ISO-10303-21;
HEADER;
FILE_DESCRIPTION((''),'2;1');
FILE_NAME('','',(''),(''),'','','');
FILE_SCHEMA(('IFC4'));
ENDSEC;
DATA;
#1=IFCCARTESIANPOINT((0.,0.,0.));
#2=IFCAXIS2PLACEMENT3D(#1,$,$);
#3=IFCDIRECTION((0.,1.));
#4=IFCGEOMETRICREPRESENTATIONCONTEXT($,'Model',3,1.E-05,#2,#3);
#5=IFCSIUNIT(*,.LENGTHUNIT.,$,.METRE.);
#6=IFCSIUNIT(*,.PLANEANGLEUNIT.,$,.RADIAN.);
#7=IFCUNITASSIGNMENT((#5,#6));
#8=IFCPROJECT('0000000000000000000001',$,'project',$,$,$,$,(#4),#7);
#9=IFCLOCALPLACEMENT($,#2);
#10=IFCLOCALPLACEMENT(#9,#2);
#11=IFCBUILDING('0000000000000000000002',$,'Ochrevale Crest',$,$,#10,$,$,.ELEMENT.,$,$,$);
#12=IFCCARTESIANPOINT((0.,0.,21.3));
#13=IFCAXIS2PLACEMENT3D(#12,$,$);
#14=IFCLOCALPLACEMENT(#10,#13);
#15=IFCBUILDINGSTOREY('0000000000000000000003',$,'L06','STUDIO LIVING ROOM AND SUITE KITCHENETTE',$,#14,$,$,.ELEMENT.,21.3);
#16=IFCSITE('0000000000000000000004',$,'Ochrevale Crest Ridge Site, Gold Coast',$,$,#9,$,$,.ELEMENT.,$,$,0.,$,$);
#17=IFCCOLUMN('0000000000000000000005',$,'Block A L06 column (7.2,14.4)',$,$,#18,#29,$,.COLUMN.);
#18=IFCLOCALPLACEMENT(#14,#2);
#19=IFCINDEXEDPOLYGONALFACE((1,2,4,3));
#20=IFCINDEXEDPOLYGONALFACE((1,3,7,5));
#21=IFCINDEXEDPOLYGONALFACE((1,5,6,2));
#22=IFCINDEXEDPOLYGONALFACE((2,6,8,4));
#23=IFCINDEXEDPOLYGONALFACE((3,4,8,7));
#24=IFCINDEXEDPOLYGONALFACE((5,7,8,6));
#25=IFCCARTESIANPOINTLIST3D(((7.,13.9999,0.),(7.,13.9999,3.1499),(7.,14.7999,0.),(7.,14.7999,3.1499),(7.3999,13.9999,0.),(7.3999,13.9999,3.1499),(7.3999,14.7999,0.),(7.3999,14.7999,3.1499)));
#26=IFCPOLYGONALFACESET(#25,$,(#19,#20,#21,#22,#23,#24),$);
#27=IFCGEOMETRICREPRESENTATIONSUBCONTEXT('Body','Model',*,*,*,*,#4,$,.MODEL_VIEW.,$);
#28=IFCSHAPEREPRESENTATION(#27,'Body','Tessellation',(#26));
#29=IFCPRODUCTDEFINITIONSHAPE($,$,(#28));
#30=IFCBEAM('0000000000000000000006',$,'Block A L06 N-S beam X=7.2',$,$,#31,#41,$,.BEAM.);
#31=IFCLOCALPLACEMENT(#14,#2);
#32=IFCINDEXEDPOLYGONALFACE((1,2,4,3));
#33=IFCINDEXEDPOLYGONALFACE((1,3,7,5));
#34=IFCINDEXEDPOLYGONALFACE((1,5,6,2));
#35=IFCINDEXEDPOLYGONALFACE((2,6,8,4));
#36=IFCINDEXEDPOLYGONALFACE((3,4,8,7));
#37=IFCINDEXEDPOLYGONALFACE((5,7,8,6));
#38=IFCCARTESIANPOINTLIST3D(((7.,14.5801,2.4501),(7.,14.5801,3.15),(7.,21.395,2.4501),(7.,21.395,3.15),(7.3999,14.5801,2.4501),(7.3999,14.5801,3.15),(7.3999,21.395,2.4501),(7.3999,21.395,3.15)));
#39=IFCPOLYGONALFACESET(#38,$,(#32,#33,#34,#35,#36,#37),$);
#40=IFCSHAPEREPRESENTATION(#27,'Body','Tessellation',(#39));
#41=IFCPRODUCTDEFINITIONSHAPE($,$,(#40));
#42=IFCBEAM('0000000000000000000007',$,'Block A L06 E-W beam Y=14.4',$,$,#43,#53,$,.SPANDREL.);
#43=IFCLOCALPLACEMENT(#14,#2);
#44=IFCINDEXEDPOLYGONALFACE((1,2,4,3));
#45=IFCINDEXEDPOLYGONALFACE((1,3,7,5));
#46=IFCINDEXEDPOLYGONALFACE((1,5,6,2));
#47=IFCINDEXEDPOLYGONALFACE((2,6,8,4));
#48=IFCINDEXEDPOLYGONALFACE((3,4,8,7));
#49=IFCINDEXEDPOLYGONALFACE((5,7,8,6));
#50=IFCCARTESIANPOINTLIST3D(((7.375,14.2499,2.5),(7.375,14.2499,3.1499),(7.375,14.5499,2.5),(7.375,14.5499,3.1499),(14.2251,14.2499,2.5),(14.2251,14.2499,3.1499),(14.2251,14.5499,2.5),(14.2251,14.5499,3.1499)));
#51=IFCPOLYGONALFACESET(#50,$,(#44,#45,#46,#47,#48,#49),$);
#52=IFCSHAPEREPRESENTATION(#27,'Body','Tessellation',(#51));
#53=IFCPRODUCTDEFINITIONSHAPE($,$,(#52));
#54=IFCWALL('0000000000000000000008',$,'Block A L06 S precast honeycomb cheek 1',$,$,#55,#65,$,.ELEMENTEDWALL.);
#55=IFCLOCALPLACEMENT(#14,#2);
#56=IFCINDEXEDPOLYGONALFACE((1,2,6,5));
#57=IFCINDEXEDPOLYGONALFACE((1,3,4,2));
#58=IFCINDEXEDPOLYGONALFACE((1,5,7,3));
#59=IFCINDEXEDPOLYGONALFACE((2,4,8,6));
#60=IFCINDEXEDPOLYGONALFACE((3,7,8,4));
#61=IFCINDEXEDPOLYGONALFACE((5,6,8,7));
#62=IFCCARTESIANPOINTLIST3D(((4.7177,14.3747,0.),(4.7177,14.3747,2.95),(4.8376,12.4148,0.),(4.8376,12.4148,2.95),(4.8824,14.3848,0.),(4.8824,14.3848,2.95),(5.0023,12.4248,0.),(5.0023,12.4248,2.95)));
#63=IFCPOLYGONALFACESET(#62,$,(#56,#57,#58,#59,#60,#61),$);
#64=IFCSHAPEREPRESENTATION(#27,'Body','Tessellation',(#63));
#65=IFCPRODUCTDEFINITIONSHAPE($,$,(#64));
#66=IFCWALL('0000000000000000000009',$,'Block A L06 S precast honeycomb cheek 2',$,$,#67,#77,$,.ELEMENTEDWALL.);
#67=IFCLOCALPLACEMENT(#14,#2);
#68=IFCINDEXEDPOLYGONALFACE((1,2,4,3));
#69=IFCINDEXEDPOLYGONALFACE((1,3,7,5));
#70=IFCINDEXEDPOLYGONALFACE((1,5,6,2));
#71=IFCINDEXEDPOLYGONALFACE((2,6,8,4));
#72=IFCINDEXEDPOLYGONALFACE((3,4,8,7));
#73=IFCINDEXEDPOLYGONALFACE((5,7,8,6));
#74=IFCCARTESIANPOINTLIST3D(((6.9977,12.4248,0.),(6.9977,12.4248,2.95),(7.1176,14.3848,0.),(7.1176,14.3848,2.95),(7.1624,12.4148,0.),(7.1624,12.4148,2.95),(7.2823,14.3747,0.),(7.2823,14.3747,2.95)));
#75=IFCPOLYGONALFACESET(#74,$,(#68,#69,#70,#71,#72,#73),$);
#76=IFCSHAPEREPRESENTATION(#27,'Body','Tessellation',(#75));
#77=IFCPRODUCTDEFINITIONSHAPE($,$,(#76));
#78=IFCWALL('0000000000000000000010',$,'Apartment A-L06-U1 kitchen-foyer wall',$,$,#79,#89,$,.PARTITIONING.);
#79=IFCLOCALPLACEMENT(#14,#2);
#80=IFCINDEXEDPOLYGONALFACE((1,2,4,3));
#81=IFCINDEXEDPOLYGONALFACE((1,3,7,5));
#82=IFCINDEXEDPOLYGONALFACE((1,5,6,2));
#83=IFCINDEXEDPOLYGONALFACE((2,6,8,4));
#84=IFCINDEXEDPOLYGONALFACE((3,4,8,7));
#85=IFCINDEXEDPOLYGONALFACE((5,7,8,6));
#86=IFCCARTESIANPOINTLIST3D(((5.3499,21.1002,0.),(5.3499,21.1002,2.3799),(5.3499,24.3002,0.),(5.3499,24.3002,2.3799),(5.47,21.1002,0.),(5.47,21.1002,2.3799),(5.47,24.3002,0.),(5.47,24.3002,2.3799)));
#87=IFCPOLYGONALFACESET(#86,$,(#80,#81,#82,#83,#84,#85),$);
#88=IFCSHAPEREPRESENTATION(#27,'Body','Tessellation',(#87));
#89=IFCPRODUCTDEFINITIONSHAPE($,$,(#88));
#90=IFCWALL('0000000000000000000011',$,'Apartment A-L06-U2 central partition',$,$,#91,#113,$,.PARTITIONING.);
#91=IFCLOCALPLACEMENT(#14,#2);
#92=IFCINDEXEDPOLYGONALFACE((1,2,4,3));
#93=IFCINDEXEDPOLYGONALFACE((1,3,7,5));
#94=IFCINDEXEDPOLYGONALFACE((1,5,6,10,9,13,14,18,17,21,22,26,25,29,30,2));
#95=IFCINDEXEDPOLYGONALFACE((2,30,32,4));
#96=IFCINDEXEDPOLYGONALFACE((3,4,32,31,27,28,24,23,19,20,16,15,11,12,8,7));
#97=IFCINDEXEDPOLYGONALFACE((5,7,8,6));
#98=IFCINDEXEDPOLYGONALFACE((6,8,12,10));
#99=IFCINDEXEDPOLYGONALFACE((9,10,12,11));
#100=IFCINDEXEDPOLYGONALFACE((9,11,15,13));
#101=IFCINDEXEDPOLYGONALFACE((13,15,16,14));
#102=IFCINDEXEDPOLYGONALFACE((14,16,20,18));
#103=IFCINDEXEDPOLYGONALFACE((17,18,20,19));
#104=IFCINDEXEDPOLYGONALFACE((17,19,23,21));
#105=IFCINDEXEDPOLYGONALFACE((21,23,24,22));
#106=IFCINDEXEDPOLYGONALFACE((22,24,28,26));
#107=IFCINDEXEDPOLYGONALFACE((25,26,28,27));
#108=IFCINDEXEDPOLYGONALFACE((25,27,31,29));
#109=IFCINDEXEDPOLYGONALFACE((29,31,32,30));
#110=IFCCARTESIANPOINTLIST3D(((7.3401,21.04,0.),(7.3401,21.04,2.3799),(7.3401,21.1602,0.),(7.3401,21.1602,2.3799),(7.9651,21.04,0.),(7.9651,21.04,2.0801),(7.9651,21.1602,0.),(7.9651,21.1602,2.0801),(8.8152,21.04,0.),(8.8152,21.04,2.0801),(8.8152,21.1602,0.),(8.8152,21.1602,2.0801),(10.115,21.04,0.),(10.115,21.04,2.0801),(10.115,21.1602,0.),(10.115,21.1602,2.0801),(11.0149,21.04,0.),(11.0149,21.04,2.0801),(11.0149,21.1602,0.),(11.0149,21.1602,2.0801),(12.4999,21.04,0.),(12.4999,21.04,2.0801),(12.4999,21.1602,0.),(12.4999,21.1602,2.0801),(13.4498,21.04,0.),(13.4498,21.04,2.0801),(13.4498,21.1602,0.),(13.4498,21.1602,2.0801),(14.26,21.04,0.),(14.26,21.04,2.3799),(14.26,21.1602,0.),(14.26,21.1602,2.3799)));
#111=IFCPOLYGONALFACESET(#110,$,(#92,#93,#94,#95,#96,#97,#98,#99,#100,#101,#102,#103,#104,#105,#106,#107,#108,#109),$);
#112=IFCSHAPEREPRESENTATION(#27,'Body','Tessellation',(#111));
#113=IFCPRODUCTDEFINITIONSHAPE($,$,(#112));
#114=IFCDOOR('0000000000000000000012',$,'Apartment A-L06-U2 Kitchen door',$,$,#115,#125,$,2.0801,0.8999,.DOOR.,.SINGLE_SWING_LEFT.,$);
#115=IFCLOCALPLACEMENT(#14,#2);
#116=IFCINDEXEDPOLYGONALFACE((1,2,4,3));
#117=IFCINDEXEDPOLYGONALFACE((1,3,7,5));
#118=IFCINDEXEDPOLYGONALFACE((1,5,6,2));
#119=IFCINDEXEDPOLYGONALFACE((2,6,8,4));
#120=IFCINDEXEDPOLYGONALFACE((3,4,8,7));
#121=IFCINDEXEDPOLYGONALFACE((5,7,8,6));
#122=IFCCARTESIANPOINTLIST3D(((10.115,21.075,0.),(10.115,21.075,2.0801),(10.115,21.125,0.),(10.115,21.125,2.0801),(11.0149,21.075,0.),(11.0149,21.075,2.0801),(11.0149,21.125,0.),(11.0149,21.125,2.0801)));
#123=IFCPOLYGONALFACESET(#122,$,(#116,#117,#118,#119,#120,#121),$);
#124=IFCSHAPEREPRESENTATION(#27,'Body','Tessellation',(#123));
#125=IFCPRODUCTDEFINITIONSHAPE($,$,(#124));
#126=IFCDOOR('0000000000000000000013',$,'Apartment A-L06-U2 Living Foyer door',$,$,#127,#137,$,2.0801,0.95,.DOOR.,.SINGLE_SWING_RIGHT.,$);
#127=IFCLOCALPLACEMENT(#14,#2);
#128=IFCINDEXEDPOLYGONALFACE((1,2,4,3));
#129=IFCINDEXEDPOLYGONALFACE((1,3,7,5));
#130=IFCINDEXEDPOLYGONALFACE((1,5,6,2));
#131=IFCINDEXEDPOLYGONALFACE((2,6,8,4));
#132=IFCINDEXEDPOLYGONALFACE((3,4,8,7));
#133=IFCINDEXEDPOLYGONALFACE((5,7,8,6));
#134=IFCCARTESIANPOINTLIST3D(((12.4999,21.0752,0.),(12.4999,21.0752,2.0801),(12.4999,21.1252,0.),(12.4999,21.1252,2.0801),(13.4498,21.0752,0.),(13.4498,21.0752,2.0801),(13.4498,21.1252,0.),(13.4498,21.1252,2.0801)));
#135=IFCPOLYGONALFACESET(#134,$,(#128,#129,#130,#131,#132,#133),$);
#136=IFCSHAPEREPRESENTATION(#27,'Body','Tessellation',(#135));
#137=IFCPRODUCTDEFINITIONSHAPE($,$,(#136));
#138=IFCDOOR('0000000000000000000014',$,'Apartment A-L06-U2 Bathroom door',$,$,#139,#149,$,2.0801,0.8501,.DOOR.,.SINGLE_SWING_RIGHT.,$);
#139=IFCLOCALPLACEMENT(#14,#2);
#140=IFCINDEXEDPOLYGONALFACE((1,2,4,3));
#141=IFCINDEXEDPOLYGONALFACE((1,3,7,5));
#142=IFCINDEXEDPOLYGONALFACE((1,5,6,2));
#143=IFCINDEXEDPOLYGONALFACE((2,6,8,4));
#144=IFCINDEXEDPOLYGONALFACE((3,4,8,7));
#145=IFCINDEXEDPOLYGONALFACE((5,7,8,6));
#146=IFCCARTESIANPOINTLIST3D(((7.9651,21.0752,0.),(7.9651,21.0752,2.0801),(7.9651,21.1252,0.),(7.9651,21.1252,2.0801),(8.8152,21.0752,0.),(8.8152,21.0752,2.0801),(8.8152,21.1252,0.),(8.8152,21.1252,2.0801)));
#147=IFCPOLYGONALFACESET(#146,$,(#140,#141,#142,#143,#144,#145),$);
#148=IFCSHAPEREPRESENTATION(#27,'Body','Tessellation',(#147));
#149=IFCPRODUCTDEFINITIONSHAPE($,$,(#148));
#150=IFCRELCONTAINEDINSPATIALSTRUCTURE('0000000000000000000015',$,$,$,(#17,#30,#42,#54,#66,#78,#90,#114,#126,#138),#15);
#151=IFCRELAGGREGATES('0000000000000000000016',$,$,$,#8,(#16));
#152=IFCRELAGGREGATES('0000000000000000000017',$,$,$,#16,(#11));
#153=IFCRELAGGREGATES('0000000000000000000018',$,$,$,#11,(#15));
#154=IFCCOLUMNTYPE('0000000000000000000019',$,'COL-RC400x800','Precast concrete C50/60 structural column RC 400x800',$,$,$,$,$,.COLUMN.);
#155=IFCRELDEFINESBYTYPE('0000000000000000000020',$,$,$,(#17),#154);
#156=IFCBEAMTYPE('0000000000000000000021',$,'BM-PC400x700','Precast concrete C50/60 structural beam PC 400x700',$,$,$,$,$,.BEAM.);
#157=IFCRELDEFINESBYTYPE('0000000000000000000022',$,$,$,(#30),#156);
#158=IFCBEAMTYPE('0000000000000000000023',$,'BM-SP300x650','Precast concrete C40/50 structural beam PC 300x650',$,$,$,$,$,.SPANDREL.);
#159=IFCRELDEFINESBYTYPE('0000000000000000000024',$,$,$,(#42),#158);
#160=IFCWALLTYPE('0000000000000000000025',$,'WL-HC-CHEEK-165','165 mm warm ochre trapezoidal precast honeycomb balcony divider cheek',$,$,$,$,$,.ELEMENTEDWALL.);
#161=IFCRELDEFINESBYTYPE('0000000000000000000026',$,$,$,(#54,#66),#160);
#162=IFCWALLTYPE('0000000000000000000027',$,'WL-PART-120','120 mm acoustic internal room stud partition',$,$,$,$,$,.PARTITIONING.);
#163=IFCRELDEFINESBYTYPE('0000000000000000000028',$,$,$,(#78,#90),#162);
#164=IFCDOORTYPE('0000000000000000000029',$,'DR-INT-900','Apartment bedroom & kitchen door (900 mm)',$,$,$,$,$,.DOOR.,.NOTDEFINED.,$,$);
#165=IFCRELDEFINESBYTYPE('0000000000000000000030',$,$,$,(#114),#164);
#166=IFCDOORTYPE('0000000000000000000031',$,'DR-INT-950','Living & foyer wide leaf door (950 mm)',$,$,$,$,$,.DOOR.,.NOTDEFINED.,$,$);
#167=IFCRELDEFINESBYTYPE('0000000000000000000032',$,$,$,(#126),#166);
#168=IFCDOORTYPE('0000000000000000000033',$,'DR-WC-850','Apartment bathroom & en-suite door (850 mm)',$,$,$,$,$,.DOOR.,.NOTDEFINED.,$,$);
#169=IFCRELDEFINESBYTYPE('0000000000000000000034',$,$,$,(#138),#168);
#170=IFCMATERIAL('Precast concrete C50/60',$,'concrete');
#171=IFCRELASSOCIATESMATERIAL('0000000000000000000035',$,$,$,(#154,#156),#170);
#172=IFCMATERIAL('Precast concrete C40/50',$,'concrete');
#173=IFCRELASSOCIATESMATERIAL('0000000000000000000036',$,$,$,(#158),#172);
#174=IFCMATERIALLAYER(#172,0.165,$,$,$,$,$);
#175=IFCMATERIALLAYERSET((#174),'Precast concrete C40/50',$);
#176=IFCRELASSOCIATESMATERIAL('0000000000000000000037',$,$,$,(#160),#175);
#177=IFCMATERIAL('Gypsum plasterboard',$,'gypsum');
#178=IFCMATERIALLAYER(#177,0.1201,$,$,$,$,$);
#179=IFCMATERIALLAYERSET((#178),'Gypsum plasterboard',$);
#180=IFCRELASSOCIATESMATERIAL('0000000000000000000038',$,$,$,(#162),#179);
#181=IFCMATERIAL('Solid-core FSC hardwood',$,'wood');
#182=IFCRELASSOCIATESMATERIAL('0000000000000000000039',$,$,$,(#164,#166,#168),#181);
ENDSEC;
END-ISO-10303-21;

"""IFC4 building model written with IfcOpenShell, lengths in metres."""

from ifc_helpers import new_model, si_unit, direction, frame, frame_2d, origin, origin_2d, place, context, subcontext, project, spatial, rectangle, extrude, material, layer, layer_set, material_profile, profile_set, type_object, element, fill, save


model = new_model("IFC4")

# Units and contexts
model_context = context("Model", 3, precision=1e-05, world=origin(), true_north=direction((0.0, 1.0)))
body_context = subcontext(model_context, "Body", "Model", "MODEL_VIEW")
ifc_project = project(units=[si_unit("LENGTHUNIT", "METRE"), si_unit("PLANEANGLEUNIT", "RADIAN")], contexts=[model_context])

# Site, building, storey
site_placement = place(None, origin())
site = spatial("IfcSite", under=ifc_project, at=site_placement, Name="Ochrevale Crest Ridge Site, Gold Coast", CompositionType="ELEMENT", RefElevation=0.0)
building_placement = place(site_placement, origin())
building = spatial("IfcBuilding", under=site, at=building_placement, Name="Ochrevale Crest", CompositionType="ELEMENT")
storey_placement = place(building_placement, frame((0.0, 0.0, 21.3)))
storey = spatial("IfcBuildingStorey", under=building, at=storey_placement, Name="L06", Description="STUDIO LIVING ROOM AND SUITE KITCHENETTE", CompositionType="ELEMENT", Elevation=21.3)

# Column
ifc_material_1 = material(Name="Precast concrete C50/60", Category="concrete")
ifc_material_profile_1 = material_profile(ifc_material_1, rectangle(XDim=0.3999, YDim=0.8, at=origin_2d()), Name="RC 400x800")
ifc_profile_set_1 = profile_set([ifc_material_profile_1], Name="Precast concrete C50/60")
column_type = type_object("IfcColumnType", Name="COL-RC400x800", Description="Precast concrete C50/60 structural column RC 400x800", PredefinedType="COLUMN", material=ifc_profile_set_1)
column_placement = place(storey_placement, frame((7.2, 14.3999, 0.0), z_axis=(0.0, 0.0, 1.0), x_axis=(1.0, 0.0, 0.0)))
element("IfcColumn", 1, at=column_placement, inside=storey, type_object=column_type, Name="Block A L06 column (7.2,14.4)", PredefinedType="COLUMN", context=body_context, shape_type="SweptSolid", body=[
    extrude(rectangle(XDim=0.3999, YDim=0.8, at=origin_2d()), origin(), (0.0, 0.0, 1.0), 3.1499),
])

# Beams
ifc_material_profile_2 = material_profile(ifc_material_1, rectangle(XDim=0.3999, YDim=0.7, at=origin_2d()), Name="PC 400x700")
ifc_profile_set_2 = profile_set([ifc_material_profile_2], Name="Precast concrete C50/60")
beam_type_1 = type_object("IfcBeamType", Name="BM-PC400x700", Description="Precast concrete C50/60 structural beam PC 400x700", PredefinedType="BEAM", material=ifc_profile_set_2)
beam_1_placement = place(storey_placement, frame((7.2, 14.5801, 2.8), z_axis=(0.0, 1.0, 0.0), x_axis=(-1.0, 0.0, 0.0)))
element("IfcBeam", 2, at=beam_1_placement, inside=storey, type_object=beam_type_1, Name="Block A L06 N-S beam X=7.2", PredefinedType="BEAM", context=body_context, shape_type="SweptSolid", body=[
    extrude(rectangle(XDim=0.3999, YDim=0.7, at=origin_2d()), origin(), (0.0, 0.0, 1.0), 6.8149),
])
ifc_material_2 = material(Name="Precast concrete C40/50", Category="concrete")
ifc_material_profile_3 = material_profile(ifc_material_2, rectangle(XDim=0.3, YDim=0.6499, at=origin_2d()), Name="PC 300x650")
ifc_profile_set_3 = profile_set([ifc_material_profile_3], Name="Precast concrete C40/50")
beam_type_2 = type_object("IfcBeamType", Name="BM-SP300x650", Description="Precast concrete C40/50 structural beam PC 300x650", PredefinedType="SPANDREL", material=ifc_profile_set_3)
beam_2_placement = place(storey_placement, frame((7.375, 14.3999, 2.825), z_axis=(1.0, 0.0, 0.0), x_axis=(0.0, 1.0, 0.0)))
element("IfcBeam", 3, at=beam_2_placement, inside=storey, type_object=beam_type_2, Name="Block A L06 E-W beam Y=14.4", PredefinedType="SPANDREL", context=body_context, shape_type="SweptSolid", body=[
    extrude(rectangle(XDim=0.3, YDim=0.6499, at=origin_2d()), origin(), (0.0, 0.0, 1.0), 6.8501),
])

# Walls
ifc_layer_1 = layer(ifc_material_2, 0.165)
ifc_layer_set_1 = layer_set([ifc_layer_1], Name="Precast concrete C40/50")
wall_type_1 = type_object("IfcWallType", Name="WL-HC-CHEEK-165", Description="165 mm warm ochre trapezoidal precast honeycomb balcony divider cheek", PredefinedType="ELEMENTEDWALL", material=ifc_layer_set_1)
for number, where, z_axis, x_axis, name in (
    (4, (4.8, 14.3799, 0.0), (0.0, 0.0, 1.0), (0.061047, -0.998135, 0.0), "Block A L06 S precast honeycomb cheek 1"),
    (5, (7.2, 14.3799, 0.0), (0.0, 0.0, 1.0), (-0.061047, -0.998135, 0.0), "Block A L06 S precast honeycomb cheek 2"),
):
    element("IfcWall", number, at=place(storey_placement, frame(where, z_axis=z_axis, x_axis=x_axis)), inside=storey, type_object=wall_type_1, Name=name, PredefinedType="ELEMENTEDWALL", context=body_context, shape_type="SweptSolid", body=[
        extrude(rectangle(XDim=1.9636, YDim=0.165, at=frame_2d((0.9819, 0.0))), origin(), (0.0, 0.0, 1.0), 2.95),
    ])
ifc_material_3 = material(Name="Gypsum plasterboard", Category="gypsum")
ifc_layer_2 = layer(ifc_material_3, 0.1201)
ifc_layer_set_2 = layer_set([ifc_layer_2], Name="Gypsum plasterboard")
wall_type_2 = type_object("IfcWallType", Name="WL-PART-120", Description="120 mm acoustic internal room stud partition", PredefinedType="PARTITIONING", material=ifc_layer_set_2)
wall_1_placement = place(storey_placement, frame((5.4099, 21.1001, 0.0), z_axis=(0.0, 0.0, 1.0), x_axis=(0.0, 1.0, 0.0)))
element("IfcWall", 6, at=wall_1_placement, inside=storey, type_object=wall_type_2, Name="Apartment A-L06-U1 kitchen-foyer wall", PredefinedType="PARTITIONING", context=body_context, shape_type="SweptSolid", body=[
    extrude(rectangle(XDim=3.2, YDim=0.1201, at=frame_2d((1.6001, 0.0))), origin(), (0.0, 0.0, 1.0), 2.3799),
])

# Wall, openings, doors
wall_2_placement = place(storey_placement, frame((7.3401, 21.1001, 0.0), z_axis=(0.0, 0.0, 1.0), x_axis=(1.0, 0.0, 0.0)))
wall_2 = element("IfcWall", 7, at=wall_2_placement, inside=storey, type_object=wall_type_2, Name="Apartment A-L06-U2 central partition", PredefinedType="PARTITIONING", context=body_context, shape_type="SweptSolid", body=[
    extrude(rectangle(XDim=6.9199, YDim=0.1201, at=frame_2d((3.46, 0.0))), origin(), (0.0, 0.0, 1.0), 2.3799),
])
opening_1_placement = place(wall_2_placement, frame((1.4751, 0.0, 0.0), z_axis=(0.0, 0.0, 1.0), x_axis=(-1.0, 0.0, 0.0)))
opening_1 = element("IfcOpeningElement", 8, at=opening_1_placement, cuts=wall_2, PredefinedType="OPENING", context=body_context, shape_type="SweptSolid", body=[
    extrude(rectangle(XDim=0.8501, YDim=2.0801, at=frame_2d((0.425, 1.04))), frame((0.0, 0.0701, 0.0), z_axis=(0.0, -1.0, 0.0), x_axis=(1.0, 0.0, 0.0)), (0.0, 0.0, 1.0), 0.1401),
])
opening_2_placement = place(wall_2_placement, frame((2.7749, 0.0, 0.0)))
opening_2 = element("IfcOpeningElement", 9, at=opening_2_placement, cuts=wall_2, PredefinedType="OPENING", context=body_context, shape_type="SweptSolid", body=[
    extrude(rectangle(XDim=0.8999, YDim=2.0801, at=frame_2d((0.45, 1.04))), frame((0.0, 0.0701, 0.0), z_axis=(0.0, -1.0, 0.0), x_axis=(1.0, 0.0, 0.0)), (0.0, 0.0, 1.0), 0.1401),
])
opening_3_placement = place(wall_2_placement, frame((6.1099, 0.0, 0.0), z_axis=(0.0, 0.0, 1.0), x_axis=(-1.0, 0.0, 0.0)))
opening_3 = element("IfcOpeningElement", 10, at=opening_3_placement, cuts=wall_2, PredefinedType="OPENING", context=body_context, shape_type="SweptSolid", body=[
    extrude(rectangle(XDim=0.95, YDim=2.0801, at=frame_2d((0.4751, 1.04))), frame((0.0, 0.0701, 0.0), z_axis=(0.0, -1.0, 0.0), x_axis=(1.0, 0.0, 0.0)), (0.0, 0.0, 1.0), 0.1401),
])
ifc_material_4 = material(Name="Solid-core FSC hardwood", Category="wood")
door_type_1 = type_object("IfcDoorType", Name="DR-INT-900", Description="Apartment bedroom & kitchen door (900 mm)", OperationType="NOTDEFINED", PredefinedType="DOOR", material=ifc_material_4)
door_1_placement = place(opening_2_placement, origin())
door_1 = element("IfcDoor", 11, at=door_1_placement, inside=storey, type_object=door_type_1, Name="Apartment A-L06-U2 Kitchen door", OperationType="SINGLE_SWING_LEFT", OverallHeight=2.0801, OverallWidth=0.8999, PredefinedType="DOOR", context=body_context, shape_type="SweptSolid", body=[
    extrude(rectangle(XDim=0.8999, YDim=2.0801, at=frame_2d((0.45, 1.04))), frame((0.0, 0.0249, 0.0), z_axis=(0.0, -1.0, 0.0), x_axis=(1.0, 0.0, 0.0)), (0.0, 0.0, 1.0), 0.05),
])
fill(opening_2, door_1)
door_type_2 = type_object("IfcDoorType", Name="DR-INT-950", Description="Living & foyer wide leaf door (950 mm)", OperationType="NOTDEFINED", PredefinedType="DOOR", material=ifc_material_4)
door_2_placement = place(opening_3_placement, origin())
door_2 = element("IfcDoor", 12, at=door_2_placement, inside=storey, type_object=door_type_2, Name="Apartment A-L06-U2 Living Foyer door", OperationType="SINGLE_SWING_RIGHT", OverallHeight=2.0801, OverallWidth=0.95, PredefinedType="DOOR", context=body_context, shape_type="SweptSolid", body=[
    extrude(rectangle(XDim=0.95, YDim=2.0801, at=frame_2d((0.4751, 1.04))), frame((0.0, 0.0249, 0.0), z_axis=(0.0, -1.0, 0.0), x_axis=(1.0, 0.0, 0.0)), (0.0, 0.0, 1.0), 0.05),
])
fill(opening_3, door_2)
door_type_3 = type_object("IfcDoorType", Name="DR-WC-850", Description="Apartment bathroom & en-suite door (850 mm)", OperationType="NOTDEFINED", PredefinedType="DOOR", material=ifc_material_4)
door_3_placement = place(opening_1_placement, origin())
door_3 = element("IfcDoor", 13, at=door_3_placement, inside=storey, type_object=door_type_3, Name="Apartment A-L06-U2 Bathroom door", OperationType="SINGLE_SWING_RIGHT", OverallHeight=2.0801, OverallWidth=0.8501, PredefinedType="DOOR", context=body_context, shape_type="SweptSolid", body=[
    extrude(rectangle(XDim=0.8501, YDim=2.0801, at=frame_2d((0.425, 1.04))), frame((0.0, 0.0249, 0.0), z_axis=(0.0, -1.0, 0.0), x_axis=(1.0, 0.0, 0.0)), (0.0, 0.0, 1.0), 0.05),
])
fill(opening_1, door_3)

save(model, "model.ifc")
